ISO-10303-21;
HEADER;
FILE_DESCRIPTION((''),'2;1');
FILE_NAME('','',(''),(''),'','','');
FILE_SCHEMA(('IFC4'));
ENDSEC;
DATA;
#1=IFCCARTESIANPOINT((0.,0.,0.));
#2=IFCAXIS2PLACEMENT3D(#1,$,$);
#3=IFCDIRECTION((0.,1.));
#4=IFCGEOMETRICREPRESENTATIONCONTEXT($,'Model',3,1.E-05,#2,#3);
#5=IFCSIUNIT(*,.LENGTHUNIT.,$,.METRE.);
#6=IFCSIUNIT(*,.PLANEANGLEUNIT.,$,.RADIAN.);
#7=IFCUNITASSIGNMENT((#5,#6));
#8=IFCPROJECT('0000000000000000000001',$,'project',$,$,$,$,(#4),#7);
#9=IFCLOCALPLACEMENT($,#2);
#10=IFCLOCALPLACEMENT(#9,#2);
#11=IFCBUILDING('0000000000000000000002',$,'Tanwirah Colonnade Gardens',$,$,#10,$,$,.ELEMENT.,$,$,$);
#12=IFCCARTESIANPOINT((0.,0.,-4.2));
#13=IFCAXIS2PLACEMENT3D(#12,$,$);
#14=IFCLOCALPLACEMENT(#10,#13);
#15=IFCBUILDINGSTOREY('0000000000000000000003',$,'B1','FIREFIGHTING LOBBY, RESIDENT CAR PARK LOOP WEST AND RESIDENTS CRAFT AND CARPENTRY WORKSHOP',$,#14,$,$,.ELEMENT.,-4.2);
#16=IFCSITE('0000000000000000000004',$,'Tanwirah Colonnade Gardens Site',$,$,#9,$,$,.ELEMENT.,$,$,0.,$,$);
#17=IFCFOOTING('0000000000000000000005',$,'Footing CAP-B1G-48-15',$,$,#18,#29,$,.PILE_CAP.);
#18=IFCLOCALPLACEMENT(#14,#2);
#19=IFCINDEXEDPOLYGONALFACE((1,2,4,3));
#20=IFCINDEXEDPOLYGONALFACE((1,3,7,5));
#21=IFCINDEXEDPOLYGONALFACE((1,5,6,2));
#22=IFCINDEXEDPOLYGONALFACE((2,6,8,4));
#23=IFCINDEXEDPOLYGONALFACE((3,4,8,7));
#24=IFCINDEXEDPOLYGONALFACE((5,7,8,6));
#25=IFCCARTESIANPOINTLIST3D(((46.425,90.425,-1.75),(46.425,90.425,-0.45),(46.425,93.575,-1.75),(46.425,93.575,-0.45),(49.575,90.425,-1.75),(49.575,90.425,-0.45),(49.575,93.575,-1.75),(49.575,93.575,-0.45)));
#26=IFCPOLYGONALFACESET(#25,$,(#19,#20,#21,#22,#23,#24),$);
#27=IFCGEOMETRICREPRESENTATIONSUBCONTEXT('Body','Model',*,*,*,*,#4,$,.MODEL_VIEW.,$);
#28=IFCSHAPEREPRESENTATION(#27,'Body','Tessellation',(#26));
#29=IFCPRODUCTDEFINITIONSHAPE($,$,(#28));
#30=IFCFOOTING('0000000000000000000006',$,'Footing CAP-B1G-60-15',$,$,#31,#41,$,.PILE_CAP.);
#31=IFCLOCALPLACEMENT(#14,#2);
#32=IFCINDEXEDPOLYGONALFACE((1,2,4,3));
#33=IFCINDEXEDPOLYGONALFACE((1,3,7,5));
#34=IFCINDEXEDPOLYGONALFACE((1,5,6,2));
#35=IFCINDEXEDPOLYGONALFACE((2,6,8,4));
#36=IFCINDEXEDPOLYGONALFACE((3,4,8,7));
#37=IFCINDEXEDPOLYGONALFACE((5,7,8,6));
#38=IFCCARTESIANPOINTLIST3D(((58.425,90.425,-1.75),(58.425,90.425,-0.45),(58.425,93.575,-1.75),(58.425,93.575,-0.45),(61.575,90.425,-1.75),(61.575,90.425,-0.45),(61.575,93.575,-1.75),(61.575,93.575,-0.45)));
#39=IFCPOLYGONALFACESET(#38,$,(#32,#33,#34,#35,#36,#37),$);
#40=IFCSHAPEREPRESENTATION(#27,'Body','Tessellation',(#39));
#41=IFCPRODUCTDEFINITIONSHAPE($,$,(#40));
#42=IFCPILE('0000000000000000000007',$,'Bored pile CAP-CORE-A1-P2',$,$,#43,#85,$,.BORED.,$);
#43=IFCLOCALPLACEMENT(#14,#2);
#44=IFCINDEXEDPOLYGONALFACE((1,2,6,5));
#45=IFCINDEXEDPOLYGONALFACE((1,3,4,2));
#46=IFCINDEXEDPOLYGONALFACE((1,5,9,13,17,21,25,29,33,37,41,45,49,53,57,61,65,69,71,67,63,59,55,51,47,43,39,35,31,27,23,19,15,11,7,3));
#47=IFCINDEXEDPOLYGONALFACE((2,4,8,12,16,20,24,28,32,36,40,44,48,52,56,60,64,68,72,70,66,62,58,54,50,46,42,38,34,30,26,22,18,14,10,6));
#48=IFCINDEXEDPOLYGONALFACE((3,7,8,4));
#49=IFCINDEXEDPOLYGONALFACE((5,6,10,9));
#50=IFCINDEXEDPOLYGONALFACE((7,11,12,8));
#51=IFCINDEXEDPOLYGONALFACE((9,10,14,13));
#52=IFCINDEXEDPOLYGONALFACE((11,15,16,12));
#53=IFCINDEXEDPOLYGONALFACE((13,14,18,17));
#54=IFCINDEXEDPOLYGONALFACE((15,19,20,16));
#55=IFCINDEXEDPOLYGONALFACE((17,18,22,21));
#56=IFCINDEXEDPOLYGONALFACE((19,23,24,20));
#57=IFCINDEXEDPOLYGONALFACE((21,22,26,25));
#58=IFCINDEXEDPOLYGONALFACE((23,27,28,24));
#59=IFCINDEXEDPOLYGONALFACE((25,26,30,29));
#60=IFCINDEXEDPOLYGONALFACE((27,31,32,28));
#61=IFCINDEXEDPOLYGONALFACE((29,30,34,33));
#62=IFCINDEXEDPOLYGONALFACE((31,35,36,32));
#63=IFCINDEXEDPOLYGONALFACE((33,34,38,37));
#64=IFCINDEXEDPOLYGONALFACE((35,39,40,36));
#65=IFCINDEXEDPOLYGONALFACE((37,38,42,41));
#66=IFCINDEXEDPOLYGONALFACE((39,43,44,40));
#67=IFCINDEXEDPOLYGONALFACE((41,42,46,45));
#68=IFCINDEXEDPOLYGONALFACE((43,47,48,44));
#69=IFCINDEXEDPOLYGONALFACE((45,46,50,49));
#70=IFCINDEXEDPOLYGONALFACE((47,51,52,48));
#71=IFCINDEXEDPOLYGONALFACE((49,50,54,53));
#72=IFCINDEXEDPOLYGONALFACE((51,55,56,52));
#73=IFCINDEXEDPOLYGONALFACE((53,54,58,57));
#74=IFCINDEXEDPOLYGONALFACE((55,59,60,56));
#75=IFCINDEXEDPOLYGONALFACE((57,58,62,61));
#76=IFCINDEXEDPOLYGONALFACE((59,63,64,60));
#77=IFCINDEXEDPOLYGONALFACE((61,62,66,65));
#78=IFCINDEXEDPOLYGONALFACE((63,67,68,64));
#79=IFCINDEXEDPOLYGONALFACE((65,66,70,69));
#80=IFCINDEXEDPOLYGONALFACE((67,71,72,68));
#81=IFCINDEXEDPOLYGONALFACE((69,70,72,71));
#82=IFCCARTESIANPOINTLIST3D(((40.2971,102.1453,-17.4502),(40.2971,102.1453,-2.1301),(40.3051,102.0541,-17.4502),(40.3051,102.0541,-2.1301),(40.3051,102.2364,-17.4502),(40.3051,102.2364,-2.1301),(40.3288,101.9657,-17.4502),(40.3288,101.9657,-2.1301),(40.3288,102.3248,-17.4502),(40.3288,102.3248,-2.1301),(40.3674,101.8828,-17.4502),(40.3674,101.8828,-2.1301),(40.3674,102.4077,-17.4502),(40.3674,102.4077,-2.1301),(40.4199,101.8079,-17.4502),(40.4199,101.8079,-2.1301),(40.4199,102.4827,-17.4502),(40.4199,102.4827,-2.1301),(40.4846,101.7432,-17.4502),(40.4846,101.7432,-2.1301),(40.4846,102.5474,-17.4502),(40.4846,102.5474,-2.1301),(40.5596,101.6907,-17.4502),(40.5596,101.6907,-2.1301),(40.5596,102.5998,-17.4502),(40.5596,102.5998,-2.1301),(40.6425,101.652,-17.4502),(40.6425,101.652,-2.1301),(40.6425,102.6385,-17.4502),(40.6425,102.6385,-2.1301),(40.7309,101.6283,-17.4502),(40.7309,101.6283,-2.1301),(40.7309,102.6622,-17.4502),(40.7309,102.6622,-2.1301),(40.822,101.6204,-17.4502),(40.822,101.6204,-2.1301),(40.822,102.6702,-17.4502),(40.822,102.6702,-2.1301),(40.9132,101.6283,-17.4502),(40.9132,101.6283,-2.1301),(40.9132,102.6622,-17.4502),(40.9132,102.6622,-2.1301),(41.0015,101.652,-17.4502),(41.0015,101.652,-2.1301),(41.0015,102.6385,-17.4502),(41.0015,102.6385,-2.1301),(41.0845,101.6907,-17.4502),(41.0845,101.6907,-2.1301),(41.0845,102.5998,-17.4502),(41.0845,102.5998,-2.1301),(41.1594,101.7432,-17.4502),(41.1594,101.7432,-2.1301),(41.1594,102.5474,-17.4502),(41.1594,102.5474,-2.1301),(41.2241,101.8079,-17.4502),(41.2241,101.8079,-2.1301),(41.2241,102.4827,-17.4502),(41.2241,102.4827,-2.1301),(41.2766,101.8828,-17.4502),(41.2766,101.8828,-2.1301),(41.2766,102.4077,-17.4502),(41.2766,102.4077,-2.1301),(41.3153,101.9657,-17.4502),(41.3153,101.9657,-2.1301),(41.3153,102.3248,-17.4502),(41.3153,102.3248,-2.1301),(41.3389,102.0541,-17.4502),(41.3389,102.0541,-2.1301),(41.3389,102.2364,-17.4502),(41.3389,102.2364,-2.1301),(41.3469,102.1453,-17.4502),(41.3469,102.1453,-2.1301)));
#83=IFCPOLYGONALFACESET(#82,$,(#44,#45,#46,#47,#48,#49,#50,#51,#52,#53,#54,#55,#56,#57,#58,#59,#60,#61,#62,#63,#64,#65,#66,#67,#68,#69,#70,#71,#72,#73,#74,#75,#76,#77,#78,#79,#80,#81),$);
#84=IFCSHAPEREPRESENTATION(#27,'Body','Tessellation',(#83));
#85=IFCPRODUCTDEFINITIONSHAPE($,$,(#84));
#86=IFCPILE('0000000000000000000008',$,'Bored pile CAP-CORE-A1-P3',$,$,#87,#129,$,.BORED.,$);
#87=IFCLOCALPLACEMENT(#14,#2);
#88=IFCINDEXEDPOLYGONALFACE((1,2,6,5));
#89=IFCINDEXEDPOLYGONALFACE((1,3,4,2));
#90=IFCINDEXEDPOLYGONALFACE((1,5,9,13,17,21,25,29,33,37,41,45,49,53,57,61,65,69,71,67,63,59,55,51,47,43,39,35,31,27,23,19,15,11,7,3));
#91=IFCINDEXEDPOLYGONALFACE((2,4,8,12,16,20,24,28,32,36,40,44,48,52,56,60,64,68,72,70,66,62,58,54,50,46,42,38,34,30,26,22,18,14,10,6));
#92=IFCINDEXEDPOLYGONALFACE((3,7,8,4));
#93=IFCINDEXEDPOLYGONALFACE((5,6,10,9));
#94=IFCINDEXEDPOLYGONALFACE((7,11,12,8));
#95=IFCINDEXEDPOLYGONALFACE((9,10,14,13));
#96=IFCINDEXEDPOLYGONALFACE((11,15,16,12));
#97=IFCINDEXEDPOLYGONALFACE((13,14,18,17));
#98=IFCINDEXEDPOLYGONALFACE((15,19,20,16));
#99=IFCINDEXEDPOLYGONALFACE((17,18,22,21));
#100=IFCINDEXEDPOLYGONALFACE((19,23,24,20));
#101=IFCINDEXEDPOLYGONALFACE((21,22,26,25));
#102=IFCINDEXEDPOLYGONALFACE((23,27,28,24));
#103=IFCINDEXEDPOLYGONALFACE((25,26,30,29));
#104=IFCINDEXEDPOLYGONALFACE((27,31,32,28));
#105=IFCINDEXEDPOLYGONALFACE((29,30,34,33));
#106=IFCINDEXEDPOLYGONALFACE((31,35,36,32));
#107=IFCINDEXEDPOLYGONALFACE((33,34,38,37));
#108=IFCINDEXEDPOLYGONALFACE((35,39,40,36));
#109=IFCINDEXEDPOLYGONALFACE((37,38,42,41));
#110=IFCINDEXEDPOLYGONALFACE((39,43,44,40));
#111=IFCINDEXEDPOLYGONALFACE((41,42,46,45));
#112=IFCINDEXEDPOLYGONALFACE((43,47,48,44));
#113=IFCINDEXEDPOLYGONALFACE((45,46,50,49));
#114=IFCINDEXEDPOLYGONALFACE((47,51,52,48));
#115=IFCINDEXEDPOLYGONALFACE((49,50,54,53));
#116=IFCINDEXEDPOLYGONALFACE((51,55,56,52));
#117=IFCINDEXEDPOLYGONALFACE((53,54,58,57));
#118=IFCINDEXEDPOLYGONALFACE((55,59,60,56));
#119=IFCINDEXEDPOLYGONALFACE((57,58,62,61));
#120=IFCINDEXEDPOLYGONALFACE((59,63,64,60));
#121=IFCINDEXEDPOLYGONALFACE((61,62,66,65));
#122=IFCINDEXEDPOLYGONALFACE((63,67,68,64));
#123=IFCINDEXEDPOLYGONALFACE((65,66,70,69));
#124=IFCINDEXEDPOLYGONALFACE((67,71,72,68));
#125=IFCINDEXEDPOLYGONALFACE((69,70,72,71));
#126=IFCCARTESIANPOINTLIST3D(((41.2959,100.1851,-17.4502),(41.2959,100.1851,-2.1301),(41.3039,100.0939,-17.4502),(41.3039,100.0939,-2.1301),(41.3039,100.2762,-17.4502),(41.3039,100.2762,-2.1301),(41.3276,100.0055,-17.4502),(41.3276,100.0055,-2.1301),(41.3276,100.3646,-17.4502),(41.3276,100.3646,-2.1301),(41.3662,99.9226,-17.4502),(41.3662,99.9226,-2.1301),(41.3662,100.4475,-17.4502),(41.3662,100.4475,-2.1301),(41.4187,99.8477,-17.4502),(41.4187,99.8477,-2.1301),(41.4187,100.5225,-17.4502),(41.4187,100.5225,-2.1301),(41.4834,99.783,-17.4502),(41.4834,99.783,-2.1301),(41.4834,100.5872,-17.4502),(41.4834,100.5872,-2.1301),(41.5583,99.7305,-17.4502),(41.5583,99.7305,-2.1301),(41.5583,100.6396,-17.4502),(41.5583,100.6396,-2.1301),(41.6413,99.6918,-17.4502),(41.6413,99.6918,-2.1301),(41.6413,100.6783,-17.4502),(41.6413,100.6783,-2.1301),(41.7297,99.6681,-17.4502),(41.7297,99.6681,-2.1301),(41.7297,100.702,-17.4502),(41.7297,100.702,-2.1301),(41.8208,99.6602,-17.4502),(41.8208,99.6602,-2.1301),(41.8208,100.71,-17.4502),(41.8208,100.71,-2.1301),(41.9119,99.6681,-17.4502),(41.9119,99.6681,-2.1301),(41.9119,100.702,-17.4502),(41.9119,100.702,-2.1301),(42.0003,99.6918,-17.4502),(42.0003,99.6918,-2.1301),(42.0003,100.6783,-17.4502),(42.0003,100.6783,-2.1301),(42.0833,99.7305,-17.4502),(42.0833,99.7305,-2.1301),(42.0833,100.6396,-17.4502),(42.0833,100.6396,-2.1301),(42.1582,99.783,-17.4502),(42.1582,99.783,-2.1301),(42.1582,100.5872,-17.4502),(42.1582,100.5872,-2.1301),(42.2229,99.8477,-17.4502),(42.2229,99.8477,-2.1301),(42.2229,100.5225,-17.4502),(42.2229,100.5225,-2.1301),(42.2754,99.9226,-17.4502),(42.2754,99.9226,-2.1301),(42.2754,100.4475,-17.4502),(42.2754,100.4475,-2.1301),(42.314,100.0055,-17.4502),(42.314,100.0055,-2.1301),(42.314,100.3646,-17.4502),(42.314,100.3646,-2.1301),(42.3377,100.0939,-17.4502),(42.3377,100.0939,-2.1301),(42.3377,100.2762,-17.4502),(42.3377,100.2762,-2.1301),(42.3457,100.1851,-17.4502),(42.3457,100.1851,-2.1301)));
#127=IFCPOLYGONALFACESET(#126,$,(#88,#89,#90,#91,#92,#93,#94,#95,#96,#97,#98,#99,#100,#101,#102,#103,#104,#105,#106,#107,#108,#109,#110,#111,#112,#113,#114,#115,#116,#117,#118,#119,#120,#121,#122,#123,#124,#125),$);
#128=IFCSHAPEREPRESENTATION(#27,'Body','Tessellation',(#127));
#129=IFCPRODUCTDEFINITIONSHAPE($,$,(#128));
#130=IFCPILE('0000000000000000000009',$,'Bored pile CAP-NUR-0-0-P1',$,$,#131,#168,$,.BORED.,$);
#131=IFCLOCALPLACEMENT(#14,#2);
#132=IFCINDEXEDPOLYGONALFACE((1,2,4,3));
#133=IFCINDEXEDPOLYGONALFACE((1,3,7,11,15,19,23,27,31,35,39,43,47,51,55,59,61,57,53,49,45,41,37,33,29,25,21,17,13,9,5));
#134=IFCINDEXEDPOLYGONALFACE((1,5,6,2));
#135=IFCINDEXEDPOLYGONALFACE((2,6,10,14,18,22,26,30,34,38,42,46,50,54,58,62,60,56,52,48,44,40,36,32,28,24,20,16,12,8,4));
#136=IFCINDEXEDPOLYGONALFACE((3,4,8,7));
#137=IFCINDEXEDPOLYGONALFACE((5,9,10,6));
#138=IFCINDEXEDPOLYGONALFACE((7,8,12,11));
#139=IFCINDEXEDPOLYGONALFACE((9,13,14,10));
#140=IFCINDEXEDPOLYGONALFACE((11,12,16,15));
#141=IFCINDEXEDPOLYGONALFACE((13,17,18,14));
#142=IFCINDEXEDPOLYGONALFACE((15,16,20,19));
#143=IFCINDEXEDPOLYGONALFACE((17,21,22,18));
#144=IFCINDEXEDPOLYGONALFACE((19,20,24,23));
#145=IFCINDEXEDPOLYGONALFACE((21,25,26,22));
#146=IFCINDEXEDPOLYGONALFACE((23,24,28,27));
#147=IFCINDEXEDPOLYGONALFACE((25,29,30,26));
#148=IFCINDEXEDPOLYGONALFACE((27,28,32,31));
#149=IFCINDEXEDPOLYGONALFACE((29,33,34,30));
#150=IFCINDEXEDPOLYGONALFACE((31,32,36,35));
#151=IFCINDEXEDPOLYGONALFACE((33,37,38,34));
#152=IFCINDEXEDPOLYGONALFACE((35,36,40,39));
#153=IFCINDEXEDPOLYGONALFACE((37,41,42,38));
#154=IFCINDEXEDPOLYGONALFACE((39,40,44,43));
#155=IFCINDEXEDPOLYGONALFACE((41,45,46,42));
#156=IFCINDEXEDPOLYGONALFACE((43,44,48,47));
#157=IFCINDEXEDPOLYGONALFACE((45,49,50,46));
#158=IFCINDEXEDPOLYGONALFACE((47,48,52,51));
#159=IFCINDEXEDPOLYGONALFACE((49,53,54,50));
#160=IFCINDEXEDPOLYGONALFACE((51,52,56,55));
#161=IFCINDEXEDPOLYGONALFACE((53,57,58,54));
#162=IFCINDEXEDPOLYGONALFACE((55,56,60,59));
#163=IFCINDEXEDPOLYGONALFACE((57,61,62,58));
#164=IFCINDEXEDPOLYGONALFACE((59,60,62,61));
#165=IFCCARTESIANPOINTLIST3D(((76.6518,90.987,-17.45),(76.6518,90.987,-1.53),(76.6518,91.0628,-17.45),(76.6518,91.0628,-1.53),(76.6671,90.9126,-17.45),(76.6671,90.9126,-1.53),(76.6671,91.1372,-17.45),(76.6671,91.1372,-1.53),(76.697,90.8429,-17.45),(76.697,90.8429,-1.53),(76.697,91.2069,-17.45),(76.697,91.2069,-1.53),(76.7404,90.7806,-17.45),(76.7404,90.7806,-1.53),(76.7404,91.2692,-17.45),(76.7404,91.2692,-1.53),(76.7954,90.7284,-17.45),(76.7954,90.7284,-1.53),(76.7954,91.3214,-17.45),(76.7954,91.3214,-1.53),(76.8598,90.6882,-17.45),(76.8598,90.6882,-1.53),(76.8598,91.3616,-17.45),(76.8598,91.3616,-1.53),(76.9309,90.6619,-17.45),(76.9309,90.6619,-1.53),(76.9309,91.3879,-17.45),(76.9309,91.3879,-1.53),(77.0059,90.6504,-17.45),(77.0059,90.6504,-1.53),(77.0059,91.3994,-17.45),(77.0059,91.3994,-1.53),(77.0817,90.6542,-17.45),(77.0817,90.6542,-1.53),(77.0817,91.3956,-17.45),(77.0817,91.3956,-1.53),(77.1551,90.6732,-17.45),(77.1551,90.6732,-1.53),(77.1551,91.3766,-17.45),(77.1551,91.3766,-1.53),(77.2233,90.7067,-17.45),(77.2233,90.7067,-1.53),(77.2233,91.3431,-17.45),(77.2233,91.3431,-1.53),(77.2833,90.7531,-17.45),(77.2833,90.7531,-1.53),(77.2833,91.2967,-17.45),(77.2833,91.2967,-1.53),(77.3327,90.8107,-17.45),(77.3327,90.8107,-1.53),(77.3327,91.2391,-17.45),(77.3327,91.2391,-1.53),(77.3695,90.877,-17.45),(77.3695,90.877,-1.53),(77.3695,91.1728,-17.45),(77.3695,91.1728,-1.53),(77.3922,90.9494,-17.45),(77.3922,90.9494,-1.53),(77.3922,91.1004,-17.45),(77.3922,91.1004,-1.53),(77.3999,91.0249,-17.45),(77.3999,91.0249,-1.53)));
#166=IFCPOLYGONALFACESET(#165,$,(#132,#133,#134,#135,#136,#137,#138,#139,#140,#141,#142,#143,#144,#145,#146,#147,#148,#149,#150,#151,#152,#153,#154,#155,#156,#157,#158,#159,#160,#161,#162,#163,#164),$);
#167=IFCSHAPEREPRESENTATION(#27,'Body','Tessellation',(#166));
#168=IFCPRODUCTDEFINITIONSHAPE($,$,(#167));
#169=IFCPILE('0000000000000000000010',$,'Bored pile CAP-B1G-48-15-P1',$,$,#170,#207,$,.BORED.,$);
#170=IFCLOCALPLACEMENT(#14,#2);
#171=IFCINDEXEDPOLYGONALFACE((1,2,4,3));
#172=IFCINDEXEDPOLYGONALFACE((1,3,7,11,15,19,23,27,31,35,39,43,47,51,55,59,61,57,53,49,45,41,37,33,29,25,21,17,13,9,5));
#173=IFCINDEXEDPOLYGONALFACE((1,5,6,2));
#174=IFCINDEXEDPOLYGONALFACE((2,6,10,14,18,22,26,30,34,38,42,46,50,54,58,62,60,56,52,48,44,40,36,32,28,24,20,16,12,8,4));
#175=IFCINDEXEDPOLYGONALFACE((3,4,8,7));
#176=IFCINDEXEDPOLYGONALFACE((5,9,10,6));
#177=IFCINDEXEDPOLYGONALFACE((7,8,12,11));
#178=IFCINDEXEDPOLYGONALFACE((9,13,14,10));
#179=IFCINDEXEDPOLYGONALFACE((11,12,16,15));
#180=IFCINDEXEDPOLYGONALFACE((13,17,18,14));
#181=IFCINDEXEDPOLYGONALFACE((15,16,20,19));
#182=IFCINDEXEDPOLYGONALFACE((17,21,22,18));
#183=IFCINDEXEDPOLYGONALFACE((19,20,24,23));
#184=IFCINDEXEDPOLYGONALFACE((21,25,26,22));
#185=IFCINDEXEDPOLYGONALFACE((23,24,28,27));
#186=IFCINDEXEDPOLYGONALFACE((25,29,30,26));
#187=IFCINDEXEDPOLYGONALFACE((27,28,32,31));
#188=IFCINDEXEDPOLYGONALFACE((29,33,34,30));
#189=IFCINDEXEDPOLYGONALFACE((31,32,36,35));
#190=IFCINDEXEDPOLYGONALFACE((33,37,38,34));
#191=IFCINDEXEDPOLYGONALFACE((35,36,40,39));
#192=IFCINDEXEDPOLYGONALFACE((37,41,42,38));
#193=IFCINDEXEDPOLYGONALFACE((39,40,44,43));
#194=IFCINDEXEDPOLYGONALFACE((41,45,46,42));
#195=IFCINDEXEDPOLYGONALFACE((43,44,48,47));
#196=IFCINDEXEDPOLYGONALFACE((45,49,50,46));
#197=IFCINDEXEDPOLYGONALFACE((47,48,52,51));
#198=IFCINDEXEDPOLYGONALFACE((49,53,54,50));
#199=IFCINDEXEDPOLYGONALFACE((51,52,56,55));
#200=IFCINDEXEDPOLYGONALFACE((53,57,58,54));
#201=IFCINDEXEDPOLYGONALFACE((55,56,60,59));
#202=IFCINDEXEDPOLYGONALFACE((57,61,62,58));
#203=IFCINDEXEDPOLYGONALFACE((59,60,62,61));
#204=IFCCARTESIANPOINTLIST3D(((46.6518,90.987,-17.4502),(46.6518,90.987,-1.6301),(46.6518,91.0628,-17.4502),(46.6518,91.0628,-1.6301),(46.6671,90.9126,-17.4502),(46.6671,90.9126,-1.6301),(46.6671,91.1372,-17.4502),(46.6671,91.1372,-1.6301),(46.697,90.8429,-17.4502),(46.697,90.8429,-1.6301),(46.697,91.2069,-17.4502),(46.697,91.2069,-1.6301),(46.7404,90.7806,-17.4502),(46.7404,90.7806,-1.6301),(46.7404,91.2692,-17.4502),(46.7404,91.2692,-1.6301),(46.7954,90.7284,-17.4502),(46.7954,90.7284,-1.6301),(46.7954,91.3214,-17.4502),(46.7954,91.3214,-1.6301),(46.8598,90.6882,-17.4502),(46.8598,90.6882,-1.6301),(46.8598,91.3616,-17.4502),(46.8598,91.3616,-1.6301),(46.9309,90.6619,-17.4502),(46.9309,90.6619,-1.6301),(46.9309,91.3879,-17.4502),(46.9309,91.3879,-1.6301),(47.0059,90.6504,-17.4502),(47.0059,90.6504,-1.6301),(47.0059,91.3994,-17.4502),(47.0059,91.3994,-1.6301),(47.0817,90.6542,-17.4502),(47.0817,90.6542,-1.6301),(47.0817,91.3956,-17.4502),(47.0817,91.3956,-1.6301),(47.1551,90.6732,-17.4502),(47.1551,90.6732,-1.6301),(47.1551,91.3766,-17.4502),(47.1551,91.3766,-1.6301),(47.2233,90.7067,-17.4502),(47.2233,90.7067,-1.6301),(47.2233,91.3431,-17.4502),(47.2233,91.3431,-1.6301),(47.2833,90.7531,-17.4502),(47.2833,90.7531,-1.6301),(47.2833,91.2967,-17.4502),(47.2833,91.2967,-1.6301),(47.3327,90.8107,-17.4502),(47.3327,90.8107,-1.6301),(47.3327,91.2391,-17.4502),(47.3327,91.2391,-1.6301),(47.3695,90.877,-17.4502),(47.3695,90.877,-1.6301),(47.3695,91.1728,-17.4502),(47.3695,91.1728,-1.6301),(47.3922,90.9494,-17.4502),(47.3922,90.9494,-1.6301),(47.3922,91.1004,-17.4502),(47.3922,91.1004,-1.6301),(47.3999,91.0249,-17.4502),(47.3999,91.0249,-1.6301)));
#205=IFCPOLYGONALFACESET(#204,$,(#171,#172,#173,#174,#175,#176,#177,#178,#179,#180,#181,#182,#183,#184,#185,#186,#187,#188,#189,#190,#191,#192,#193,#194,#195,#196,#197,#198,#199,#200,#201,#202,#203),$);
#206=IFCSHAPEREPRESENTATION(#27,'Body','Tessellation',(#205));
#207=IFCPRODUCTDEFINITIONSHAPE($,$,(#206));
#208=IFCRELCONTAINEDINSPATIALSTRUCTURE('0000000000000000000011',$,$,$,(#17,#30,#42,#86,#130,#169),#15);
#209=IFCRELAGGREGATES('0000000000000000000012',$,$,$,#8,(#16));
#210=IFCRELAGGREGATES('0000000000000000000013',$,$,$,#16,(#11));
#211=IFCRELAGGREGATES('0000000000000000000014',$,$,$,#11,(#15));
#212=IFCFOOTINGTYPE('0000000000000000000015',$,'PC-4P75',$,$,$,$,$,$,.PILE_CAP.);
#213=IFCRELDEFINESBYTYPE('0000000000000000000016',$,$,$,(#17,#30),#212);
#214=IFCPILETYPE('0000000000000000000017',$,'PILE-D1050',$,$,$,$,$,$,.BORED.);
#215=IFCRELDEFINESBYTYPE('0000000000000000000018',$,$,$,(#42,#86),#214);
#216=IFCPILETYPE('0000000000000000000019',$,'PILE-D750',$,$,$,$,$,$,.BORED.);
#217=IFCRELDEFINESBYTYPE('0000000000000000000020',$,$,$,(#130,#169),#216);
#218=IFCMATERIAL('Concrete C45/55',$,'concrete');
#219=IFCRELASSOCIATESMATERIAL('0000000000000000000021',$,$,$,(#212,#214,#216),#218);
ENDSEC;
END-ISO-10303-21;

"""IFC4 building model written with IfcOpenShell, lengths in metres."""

from ifc_helpers import new_model, si_unit, direction, frame, origin, origin_2d, place, context, subcontext, project, spatial, rectangle, circle, extrude, material, material_profile, profile_set, type_object, element, save


model = new_model("IFC4")

# Units and contexts
model_context = context("Model", 3, precision=1e-05, world=origin(), true_north=direction((0.0, 1.0)))
body_context = subcontext(model_context, "Body", "Model", "MODEL_VIEW")
ifc_project = project(units=[si_unit("LENGTHUNIT", "METRE"), si_unit("PLANEANGLEUNIT", "RADIAN")], contexts=[model_context])

# Site, building, storey
site_placement = place(None, origin())
site = spatial("IfcSite", under=ifc_project, at=site_placement, Name="Tanwirah Colonnade Gardens Site", CompositionType="ELEMENT", RefElevation=0.0)
building_placement = place(site_placement, origin())
building = spatial("IfcBuilding", under=site, at=building_placement, Name="Tanwirah Colonnade Gardens", CompositionType="ELEMENT")
storey_placement = place(building_placement, frame((0.0, 0.0, -4.2)))
storey = spatial("IfcBuildingStorey", under=building, at=storey_placement, Name="B1", Description="FIREFIGHTING LOBBY, RESIDENT CAR PARK LOOP WEST AND RESIDENTS CRAFT AND CARPENTRY WORKSHOP", CompositionType="ELEMENT", Elevation=-4.2)

# Footings
ifc_material_1 = material(Name="Concrete C45/55", Category="concrete")
footing_type = type_object("IfcFootingType", Name="PC-4P75", PredefinedType="PILE_CAP", material=ifc_material_1)
for number, where, z_axis, x_axis, name in (
    (1, (48.0, 92.0, -1.75), (0.0, 0.0, 1.0), (1.0, 0.0, 0.0), "Footing CAP-B1G-48-15"),
    (2, (60.0, 92.0, -1.75), (0.0, 0.0, 1.0), (1.0, 0.0, 0.0), "Footing CAP-B1G-60-15"),
):
    element("IfcFooting", number, at=place(storey_placement, frame(where, z_axis=z_axis, x_axis=x_axis)), inside=storey, type_object=footing_type, Name=name, PredefinedType="PILE_CAP", context=body_context, shape_type="SweptSolid", body=[
        extrude(rectangle(XDim=3.1499, YDim=3.1499, at=origin_2d()), origin(), (0.0, 0.0, 1.0), 1.3),
    ])

# Piles
ifc_material_profile_1 = material_profile(ifc_material_1, circle(Radius=0.5249, at=origin_2d()), Name="PILE D1050")
ifc_profile_set_1 = profile_set([ifc_material_profile_1], Name="Concrete C45/55")
pile_type_1 = type_object("IfcPileType", Name="PILE-D1050", PredefinedType="BORED", material=ifc_profile_set_1)
for number, where, z_axis, x_axis, name in (
    (3, (40.822, 102.1453, -2.1301), (0.0, 0.0, -1.0), (1.0, 0.0, 0.0), "Bored pile CAP-CORE-A1-P2"),
    (4, (41.8208, 100.1851, -2.1301), (0.0, 0.0, -1.0), (1.0, 0.0, 0.0), "Bored pile CAP-CORE-A1-P3"),
):
    element("IfcPile", number, at=place(storey_placement, frame(where, z_axis=z_axis, x_axis=x_axis)), inside=storey, type_object=pile_type_1, Name=name, PredefinedType="BORED", context=body_context, shape_type="SweptSolid", body=[
        extrude(circle(Radius=0.5249, at=origin_2d()), origin(), (0.0, 0.0, 1.0), 15.3201),
    ])
ifc_material_profile_2 = material_profile(ifc_material_1, circle(Radius=0.375, at=origin_2d()), Name="PILE D750")
ifc_profile_set_2 = profile_set([ifc_material_profile_2], Name="Concrete C45/55")
pile_type_2 = type_object("IfcPileType", Name="PILE-D750", PredefinedType="BORED", material=ifc_profile_set_2)
pile_1_placement = place(storey_placement, frame((77.0249, 91.0249, -1.53), z_axis=(0.0, 0.0, -1.0), x_axis=(1.0, 0.0, 0.0)))
element("IfcPile", 5, at=pile_1_placement, inside=storey, type_object=pile_type_2, Name="Bored pile CAP-NUR-0-0-P1", PredefinedType="BORED", context=body_context, shape_type="SweptSolid", body=[
    extrude(circle(Radius=0.375, at=origin_2d()), origin(), (0.0, 0.0, 1.0), 15.9199),
])
for number, where, z_axis, x_axis, name in (
    (6, (47.0249, 91.0249, -1.6301), (0.0, 0.0, -1.0), (1.0, 0.0, 0.0), "Bored pile CAP-B1G-48-15-P1"),
):
    element("IfcPile", number, at=place(storey_placement, frame(where, z_axis=z_axis, x_axis=x_axis)), inside=storey, type_object=pile_type_2, Name=name, PredefinedType="BORED", context=body_context, shape_type="SweptSolid", body=[
        extrude(circle(Radius=0.375, at=origin_2d()), origin(), (0.0, 0.0, 1.0), 15.8201),
    ])

save(model, "model.ifc")
